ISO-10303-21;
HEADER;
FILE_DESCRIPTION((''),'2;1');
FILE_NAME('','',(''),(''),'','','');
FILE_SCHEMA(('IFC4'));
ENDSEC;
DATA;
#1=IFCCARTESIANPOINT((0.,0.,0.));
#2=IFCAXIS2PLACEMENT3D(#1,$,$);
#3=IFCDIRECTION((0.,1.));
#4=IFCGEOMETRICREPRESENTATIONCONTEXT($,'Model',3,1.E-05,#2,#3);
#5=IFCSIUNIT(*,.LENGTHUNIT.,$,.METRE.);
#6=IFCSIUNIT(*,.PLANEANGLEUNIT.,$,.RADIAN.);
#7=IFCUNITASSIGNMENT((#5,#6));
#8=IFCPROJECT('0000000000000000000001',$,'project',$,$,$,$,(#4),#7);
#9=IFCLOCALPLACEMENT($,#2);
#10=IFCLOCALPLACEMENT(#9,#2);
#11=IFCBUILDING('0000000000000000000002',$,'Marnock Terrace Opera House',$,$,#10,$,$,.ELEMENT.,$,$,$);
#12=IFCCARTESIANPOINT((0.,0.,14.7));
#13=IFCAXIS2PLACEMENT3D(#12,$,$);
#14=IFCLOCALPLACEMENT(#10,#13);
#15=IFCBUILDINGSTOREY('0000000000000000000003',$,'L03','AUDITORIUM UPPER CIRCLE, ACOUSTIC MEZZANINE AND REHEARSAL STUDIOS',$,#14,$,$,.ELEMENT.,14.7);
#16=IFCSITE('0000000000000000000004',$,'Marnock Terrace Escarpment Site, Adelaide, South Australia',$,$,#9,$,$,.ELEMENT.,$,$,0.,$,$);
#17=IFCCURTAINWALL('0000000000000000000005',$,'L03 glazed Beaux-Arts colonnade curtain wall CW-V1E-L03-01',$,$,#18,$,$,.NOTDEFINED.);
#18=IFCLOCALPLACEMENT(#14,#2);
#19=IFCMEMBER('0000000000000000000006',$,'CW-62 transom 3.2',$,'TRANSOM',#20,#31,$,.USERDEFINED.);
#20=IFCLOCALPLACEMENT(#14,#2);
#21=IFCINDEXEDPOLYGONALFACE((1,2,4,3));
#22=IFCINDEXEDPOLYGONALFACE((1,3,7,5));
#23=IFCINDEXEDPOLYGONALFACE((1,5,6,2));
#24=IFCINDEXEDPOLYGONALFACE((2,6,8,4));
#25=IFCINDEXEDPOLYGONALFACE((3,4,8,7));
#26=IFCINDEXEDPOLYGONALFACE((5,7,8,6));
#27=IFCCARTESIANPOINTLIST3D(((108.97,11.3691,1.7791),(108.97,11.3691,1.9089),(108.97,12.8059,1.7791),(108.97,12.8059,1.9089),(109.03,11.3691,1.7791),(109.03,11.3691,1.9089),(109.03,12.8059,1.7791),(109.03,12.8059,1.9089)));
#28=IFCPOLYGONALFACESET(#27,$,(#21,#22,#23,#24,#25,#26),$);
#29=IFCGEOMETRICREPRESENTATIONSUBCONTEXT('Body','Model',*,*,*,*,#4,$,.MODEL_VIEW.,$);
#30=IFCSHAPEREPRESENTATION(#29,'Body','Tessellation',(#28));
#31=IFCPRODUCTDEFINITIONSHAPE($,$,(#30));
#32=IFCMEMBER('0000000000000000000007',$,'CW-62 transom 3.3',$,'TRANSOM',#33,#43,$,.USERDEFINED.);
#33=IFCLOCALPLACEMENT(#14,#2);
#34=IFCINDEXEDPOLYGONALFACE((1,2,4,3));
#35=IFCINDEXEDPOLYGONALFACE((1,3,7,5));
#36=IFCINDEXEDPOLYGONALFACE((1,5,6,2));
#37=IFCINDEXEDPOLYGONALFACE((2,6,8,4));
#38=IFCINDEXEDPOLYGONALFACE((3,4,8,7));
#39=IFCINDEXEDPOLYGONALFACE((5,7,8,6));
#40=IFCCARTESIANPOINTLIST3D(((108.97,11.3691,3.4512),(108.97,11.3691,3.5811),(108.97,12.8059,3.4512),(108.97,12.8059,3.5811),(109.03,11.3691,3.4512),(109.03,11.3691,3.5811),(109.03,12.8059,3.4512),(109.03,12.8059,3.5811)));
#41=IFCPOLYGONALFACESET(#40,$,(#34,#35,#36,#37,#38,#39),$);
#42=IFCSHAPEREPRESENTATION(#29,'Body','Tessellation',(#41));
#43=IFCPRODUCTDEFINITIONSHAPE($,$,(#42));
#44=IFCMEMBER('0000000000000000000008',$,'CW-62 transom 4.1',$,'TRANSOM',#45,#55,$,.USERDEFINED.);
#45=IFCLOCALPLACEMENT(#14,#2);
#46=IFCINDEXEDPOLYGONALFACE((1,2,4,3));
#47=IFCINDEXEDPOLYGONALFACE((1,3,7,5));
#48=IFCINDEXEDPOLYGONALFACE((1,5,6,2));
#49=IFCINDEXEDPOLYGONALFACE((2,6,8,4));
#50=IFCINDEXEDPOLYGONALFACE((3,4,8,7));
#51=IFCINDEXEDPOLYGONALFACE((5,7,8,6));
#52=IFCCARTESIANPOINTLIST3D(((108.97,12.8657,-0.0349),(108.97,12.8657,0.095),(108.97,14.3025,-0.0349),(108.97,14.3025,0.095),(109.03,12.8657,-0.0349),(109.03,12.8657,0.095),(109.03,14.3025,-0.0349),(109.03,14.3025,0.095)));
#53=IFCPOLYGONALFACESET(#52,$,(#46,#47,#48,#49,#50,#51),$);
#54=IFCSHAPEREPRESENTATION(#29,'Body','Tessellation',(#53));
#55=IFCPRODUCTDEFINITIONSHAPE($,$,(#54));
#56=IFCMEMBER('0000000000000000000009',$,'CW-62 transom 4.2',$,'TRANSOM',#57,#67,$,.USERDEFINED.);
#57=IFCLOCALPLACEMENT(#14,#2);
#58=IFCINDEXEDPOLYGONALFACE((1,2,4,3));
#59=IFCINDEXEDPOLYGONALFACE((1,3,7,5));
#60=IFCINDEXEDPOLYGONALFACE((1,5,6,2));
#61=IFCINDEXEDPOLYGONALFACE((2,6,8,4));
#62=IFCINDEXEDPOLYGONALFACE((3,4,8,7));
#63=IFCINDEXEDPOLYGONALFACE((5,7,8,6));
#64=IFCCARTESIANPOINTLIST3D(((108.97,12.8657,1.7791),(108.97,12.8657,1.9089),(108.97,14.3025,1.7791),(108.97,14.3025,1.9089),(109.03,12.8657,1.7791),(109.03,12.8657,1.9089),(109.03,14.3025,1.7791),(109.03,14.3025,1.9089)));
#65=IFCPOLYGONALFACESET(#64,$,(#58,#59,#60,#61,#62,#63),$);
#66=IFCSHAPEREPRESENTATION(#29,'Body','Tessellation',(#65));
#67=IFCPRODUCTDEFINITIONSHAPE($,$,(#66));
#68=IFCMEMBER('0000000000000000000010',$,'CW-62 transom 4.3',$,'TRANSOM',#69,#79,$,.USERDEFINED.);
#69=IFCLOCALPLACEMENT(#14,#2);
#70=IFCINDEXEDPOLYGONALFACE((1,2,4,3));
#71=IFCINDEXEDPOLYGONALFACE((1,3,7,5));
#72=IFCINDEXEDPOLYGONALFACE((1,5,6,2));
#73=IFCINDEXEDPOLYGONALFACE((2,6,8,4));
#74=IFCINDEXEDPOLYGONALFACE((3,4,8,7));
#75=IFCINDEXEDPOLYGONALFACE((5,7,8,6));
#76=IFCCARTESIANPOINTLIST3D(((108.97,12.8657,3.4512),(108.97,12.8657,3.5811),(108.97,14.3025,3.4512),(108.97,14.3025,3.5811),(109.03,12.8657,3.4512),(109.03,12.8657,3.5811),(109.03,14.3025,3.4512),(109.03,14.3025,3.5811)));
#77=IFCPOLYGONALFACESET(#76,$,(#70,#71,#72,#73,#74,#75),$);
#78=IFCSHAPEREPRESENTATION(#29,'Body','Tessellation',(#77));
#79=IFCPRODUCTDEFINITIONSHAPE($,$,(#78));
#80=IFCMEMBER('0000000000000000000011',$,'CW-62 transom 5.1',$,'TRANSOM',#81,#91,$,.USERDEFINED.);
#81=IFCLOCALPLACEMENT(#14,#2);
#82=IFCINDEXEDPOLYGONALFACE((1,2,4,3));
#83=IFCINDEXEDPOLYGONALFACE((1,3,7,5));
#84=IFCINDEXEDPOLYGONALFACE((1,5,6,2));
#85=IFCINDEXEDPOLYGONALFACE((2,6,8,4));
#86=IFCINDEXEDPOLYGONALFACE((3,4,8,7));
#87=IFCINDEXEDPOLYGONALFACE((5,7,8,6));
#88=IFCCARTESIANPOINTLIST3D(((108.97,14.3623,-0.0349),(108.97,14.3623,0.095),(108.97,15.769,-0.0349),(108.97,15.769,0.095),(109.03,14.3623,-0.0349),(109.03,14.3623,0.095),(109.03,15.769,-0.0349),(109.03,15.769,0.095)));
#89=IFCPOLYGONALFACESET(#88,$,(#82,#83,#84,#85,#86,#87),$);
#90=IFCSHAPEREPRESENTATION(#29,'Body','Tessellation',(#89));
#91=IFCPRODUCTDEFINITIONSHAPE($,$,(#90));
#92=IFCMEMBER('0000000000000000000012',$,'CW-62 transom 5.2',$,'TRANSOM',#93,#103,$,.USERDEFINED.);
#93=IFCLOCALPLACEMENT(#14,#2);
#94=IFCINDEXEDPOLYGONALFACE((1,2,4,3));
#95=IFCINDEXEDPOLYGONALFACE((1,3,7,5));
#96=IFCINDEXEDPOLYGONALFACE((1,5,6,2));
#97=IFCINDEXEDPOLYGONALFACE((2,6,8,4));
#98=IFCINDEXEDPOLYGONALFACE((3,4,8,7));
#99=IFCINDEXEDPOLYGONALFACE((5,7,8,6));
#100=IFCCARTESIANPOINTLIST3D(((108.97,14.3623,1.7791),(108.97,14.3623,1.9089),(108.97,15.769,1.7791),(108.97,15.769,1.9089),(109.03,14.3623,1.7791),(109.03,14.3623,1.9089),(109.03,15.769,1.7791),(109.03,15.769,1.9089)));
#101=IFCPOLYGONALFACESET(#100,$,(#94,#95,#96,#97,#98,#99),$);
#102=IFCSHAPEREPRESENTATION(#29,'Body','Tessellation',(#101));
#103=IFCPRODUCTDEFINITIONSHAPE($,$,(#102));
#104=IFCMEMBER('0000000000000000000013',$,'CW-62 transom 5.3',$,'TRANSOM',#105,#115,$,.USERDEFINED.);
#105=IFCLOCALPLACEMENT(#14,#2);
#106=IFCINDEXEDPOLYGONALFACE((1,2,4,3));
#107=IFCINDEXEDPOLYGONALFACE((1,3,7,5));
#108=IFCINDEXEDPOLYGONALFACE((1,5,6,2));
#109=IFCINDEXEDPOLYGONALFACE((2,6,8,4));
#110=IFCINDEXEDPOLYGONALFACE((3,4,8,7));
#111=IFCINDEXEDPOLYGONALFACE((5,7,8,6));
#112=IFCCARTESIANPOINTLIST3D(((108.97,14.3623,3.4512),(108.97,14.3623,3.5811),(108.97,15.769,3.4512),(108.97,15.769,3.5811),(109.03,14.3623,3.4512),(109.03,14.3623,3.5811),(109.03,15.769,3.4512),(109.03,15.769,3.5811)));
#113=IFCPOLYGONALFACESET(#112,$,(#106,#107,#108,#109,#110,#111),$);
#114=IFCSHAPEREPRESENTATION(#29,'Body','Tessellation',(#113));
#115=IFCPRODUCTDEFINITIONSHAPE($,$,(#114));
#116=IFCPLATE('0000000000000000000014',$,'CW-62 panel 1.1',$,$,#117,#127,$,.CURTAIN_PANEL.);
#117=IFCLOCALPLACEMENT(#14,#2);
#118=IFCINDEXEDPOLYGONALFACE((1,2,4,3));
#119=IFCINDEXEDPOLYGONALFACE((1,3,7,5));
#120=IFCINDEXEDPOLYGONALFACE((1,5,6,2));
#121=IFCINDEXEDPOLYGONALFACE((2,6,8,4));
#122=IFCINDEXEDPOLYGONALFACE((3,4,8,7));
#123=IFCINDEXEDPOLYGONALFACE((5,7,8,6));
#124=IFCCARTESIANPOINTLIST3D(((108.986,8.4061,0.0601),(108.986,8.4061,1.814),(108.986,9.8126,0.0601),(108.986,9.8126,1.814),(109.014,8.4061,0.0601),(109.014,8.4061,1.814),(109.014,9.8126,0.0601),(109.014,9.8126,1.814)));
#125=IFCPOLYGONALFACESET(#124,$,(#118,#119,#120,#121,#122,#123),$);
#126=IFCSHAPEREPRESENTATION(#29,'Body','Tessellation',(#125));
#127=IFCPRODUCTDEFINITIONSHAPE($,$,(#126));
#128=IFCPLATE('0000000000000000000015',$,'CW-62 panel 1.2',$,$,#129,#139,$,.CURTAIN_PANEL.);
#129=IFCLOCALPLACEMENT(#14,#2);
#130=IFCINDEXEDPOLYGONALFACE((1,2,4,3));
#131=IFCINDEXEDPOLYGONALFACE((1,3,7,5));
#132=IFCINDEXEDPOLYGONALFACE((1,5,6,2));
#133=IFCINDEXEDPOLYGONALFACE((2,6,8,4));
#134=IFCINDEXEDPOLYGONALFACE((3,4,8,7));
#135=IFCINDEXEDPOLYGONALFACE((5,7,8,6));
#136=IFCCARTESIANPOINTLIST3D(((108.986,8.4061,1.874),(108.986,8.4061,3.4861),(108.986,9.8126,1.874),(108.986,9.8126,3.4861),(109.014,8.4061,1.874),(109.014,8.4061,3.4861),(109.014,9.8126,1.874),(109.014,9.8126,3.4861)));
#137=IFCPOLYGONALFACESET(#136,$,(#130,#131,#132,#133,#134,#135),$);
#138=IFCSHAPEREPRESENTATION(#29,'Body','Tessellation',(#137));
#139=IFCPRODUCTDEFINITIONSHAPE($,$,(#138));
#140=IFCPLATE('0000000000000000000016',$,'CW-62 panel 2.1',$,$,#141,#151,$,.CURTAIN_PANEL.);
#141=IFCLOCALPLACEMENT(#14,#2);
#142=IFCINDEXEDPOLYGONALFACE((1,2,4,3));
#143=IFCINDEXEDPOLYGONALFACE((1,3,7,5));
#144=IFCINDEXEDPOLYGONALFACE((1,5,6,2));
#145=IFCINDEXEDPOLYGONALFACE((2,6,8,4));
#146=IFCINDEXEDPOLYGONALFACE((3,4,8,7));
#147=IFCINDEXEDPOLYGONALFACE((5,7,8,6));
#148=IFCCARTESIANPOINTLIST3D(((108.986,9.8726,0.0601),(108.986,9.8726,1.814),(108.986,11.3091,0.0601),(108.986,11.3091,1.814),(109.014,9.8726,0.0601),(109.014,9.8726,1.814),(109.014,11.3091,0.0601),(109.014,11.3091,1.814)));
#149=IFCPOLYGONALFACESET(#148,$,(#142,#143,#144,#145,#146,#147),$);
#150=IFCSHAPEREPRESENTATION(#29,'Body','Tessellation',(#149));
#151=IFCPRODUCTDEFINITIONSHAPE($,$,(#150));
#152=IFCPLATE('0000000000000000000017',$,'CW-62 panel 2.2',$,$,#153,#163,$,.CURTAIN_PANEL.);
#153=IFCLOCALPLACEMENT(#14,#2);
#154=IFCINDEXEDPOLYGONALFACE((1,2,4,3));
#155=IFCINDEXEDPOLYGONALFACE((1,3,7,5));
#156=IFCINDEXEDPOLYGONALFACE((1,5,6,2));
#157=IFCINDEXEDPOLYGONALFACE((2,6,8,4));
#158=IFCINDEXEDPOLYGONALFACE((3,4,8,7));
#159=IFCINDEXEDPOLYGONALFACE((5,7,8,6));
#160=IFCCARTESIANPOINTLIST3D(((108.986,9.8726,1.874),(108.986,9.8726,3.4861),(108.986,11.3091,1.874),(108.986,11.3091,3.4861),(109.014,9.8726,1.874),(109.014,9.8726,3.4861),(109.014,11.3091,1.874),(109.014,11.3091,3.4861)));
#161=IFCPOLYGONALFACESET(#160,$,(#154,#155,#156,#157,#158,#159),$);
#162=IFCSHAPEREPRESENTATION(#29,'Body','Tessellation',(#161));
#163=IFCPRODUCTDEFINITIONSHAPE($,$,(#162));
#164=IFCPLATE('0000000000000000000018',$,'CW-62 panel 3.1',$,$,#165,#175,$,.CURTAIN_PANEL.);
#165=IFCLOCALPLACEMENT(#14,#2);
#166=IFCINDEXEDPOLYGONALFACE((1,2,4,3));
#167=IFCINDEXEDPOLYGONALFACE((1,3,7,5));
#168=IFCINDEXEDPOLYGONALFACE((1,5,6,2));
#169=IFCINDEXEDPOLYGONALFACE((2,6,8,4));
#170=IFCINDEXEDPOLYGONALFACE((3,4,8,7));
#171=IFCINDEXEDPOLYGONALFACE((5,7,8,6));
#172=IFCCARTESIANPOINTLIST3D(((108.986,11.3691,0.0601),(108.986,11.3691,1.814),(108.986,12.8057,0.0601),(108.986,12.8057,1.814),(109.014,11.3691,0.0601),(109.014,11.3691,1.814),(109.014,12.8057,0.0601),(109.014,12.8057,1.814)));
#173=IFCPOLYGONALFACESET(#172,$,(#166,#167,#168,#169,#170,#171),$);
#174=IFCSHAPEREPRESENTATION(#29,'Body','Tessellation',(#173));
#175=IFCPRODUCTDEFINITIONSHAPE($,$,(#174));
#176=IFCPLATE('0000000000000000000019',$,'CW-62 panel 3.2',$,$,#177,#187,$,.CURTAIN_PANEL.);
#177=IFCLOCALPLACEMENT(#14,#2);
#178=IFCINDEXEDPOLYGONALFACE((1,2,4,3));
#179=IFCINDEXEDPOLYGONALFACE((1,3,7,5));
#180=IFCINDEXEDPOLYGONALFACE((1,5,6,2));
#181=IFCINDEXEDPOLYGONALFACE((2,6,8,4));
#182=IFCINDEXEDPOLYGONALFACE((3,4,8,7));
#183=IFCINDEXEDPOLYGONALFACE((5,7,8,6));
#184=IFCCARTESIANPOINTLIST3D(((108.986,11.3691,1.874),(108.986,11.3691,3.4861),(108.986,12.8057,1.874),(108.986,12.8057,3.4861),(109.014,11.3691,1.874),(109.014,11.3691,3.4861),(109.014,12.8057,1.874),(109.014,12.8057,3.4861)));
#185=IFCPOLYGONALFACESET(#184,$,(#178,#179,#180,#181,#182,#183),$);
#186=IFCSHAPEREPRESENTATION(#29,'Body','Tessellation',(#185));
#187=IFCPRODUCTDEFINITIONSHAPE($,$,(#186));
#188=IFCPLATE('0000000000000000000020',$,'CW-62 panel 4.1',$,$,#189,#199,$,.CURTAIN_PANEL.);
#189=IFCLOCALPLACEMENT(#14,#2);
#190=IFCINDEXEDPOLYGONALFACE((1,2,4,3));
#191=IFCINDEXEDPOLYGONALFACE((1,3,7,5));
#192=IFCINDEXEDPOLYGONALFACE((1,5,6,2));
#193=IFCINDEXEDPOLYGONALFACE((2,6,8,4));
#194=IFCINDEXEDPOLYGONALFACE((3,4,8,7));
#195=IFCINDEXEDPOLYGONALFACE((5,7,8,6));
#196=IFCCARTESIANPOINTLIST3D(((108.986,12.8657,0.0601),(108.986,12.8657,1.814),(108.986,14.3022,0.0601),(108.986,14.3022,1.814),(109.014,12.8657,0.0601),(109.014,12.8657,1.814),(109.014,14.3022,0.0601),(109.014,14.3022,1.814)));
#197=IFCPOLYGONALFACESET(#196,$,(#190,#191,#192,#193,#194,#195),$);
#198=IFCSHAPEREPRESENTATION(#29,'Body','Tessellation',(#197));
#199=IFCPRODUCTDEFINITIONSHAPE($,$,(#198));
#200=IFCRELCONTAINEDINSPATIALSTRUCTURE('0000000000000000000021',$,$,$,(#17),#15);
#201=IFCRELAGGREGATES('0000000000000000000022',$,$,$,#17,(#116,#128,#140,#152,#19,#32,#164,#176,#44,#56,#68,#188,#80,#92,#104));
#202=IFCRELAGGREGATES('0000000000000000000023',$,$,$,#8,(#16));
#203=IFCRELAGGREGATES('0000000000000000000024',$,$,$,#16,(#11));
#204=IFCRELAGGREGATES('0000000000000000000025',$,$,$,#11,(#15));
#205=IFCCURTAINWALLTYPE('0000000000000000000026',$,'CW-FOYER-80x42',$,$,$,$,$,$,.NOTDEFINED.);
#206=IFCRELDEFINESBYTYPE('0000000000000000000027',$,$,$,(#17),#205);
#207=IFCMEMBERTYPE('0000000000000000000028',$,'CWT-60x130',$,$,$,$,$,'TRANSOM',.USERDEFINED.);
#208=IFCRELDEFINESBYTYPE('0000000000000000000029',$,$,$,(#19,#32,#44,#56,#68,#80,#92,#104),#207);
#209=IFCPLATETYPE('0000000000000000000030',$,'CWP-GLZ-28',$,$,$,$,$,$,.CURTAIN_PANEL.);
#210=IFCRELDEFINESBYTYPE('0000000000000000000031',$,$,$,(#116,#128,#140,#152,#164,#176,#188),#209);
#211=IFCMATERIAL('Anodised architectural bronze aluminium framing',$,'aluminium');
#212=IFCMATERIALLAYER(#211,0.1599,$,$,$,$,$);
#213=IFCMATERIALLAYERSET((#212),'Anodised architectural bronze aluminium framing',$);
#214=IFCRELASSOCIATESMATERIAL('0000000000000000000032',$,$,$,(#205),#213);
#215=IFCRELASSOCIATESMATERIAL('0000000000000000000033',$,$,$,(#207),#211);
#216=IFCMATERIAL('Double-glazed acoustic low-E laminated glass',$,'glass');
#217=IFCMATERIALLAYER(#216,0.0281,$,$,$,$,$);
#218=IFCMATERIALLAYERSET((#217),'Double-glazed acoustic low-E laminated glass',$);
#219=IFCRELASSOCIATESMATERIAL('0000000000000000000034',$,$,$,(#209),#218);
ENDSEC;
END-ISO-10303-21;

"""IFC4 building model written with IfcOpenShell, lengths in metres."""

from ifc_helpers import new_model, si_unit, direction, frame, origin, origin_2d, place, context, subcontext, project, spatial, rectangle, extrude, material, layer, layer_set, material_profile, profile_set, type_object, element, aggregate, save


model = new_model("IFC4")

# Units and contexts
model_context = context("Model", 3, precision=1e-05, world=origin(), true_north=direction((0.0, 1.0)))
body_context = subcontext(model_context, "Body", "Model", "MODEL_VIEW")
ifc_project = project(units=[si_unit("LENGTHUNIT", "METRE"), si_unit("PLANEANGLEUNIT", "RADIAN")], contexts=[model_context])

# Site, building, storey
site_placement = place(None, origin())
site = spatial("IfcSite", under=ifc_project, at=site_placement, Name="Marnock Terrace Escarpment Site, Adelaide, South Australia", CompositionType="ELEMENT", RefElevation=0.0)
building_placement = place(site_placement, origin())
building = spatial("IfcBuilding", under=site, at=building_placement, Name="Marnock Terrace Opera House", CompositionType="ELEMENT")
storey_placement = place(building_placement, frame((0.0, 0.0, 14.7)))
storey = spatial("IfcBuildingStorey", under=building, at=storey_placement, Name="L03", Description="AUDITORIUM UPPER CIRCLE, ACOUSTIC MEZZANINE AND REHEARSAL STUDIOS", CompositionType="ELEMENT", Elevation=14.7)

# Curtain wall, members, plates
ifc_material_1 = material(Name="Anodised architectural bronze aluminium framing", Category="aluminium")
ifc_layer_1 = layer(ifc_material_1, 0.1599)
ifc_layer_set_1 = layer_set([ifc_layer_1], Name="Anodised architectural bronze aluminium framing")
curtain_wall_type = type_object("IfcCurtainWallType", Name="CW-FOYER-80x42", PredefinedType="NOTDEFINED", material=ifc_layer_set_1)
curtain_wall_placement = place(storey_placement, origin())
curtain_wall = element("IfcCurtainWall", 1, at=curtain_wall_placement, inside=storey, type_object=curtain_wall_type, Name="L03 glazed Beaux-Arts colonnade curtain wall CW-V1E-L03-01", PredefinedType="NOTDEFINED")
ifc_material_profile_1 = material_profile(ifc_material_1, rectangle(XDim=0.0601, YDim=0.1299, at=origin_2d()))
ifc_profile_set_1 = profile_set([ifc_material_profile_1], Name="Anodised architectural bronze aluminium framing")
member_type_1 = type_object("IfcMemberType", Name="CWT-60x130", ElementType="TRANSOM", PredefinedType="USERDEFINED", material=ifc_profile_set_1)
member_1_placement = place(storey_placement, frame((109.0, 11.3691, 1.844), z_axis=(0.0, 1.0, 0.0), x_axis=(-1.0, 0.0, 0.0)))
member_1 = element("IfcMember", 2, at=member_1_placement, type_object=member_type_1, Name="CW-62 transom 3.2", ObjectType="TRANSOM", PredefinedType="USERDEFINED", context=body_context, shape_type="SweptSolid", body=[
    extrude(rectangle(XDim=0.0601, YDim=0.1299, at=origin_2d()), origin(), (0.0, 0.0, 1.0), 1.4368),
])
member_2_placement = place(storey_placement, frame((109.0, 11.3691, 3.5161), z_axis=(0.0, 1.0, 0.0), x_axis=(-1.0, 0.0, 0.0)))
member_2 = element("IfcMember", 3, at=member_2_placement, type_object=member_type_1, Name="CW-62 transom 3.3", ObjectType="TRANSOM", PredefinedType="USERDEFINED", context=body_context, shape_type="SweptSolid", body=[
    extrude(rectangle(XDim=0.0601, YDim=0.1299, at=origin_2d()), origin(), (0.0, 0.0, 1.0), 1.4368),
])
member_3_placement = place(storey_placement, frame((109.0, 12.8657, 0.03), z_axis=(0.0, 1.0, 0.0), x_axis=(-1.0, 0.0, 0.0)))
member_3 = element("IfcMember", 4, at=member_3_placement, type_object=member_type_1, Name="CW-62 transom 4.1", ObjectType="TRANSOM", PredefinedType="USERDEFINED", context=body_context, shape_type="SweptSolid", body=[
    extrude(rectangle(XDim=0.0601, YDim=0.1299, at=origin_2d()), origin(), (0.0, 0.0, 1.0), 1.4368),
])
member_4_placement = place(storey_placement, frame((109.0, 12.8657, 1.844), z_axis=(0.0, 1.0, 0.0), x_axis=(-1.0, 0.0, 0.0)))
member_4 = element("IfcMember", 5, at=member_4_placement, type_object=member_type_1, Name="CW-62 transom 4.2", ObjectType="TRANSOM", PredefinedType="USERDEFINED", context=body_context, shape_type="SweptSolid", body=[
    extrude(rectangle(XDim=0.0601, YDim=0.1299, at=origin_2d()), origin(), (0.0, 0.0, 1.0), 1.4368),
])
member_5_placement = place(storey_placement, frame((109.0, 12.8657, 3.5161), z_axis=(0.0, 1.0, 0.0), x_axis=(-1.0, 0.0, 0.0)))
member_5 = element("IfcMember", 6, at=member_5_placement, type_object=member_type_1, Name="CW-62 transom 4.3", ObjectType="TRANSOM", PredefinedType="USERDEFINED", context=body_context, shape_type="SweptSolid", body=[
    extrude(rectangle(XDim=0.0601, YDim=0.1299, at=origin_2d()), origin(), (0.0, 0.0, 1.0), 1.4368),
])
member_6_placement = place(storey_placement, frame((109.0, 14.3623, 0.03), z_axis=(0.0, 1.0, 0.0), x_axis=(-1.0, 0.0, 0.0)))
member_6 = element("IfcMember", 7, at=member_6_placement, type_object=member_type_1, Name="CW-62 transom 5.1", ObjectType="TRANSOM", PredefinedType="USERDEFINED", context=body_context, shape_type="SweptSolid", body=[
    extrude(rectangle(XDim=0.0601, YDim=0.1299, at=origin_2d()), origin(), (0.0, 0.0, 1.0), 1.4067),
])
member_7_placement = place(storey_placement, frame((109.0, 14.3623, 1.844), z_axis=(0.0, 1.0, 0.0), x_axis=(-1.0, 0.0, 0.0)))
member_7 = element("IfcMember", 8, at=member_7_placement, type_object=member_type_1, Name="CW-62 transom 5.2", ObjectType="TRANSOM", PredefinedType="USERDEFINED", context=body_context, shape_type="SweptSolid", body=[
    extrude(rectangle(XDim=0.0601, YDim=0.1299, at=origin_2d()), origin(), (0.0, 0.0, 1.0), 1.4067),
])
member_8_placement = place(storey_placement, frame((109.0, 14.3623, 3.5161), z_axis=(0.0, 1.0, 0.0), x_axis=(-1.0, 0.0, 0.0)))
member_8 = element("IfcMember", 9, at=member_8_placement, type_object=member_type_1, Name="CW-62 transom 5.3", ObjectType="TRANSOM", PredefinedType="USERDEFINED", context=body_context, shape_type="SweptSolid", body=[
    extrude(rectangle(XDim=0.0601, YDim=0.1299, at=origin_2d()), origin(), (0.0, 0.0, 1.0), 1.4067),
])
ifc_material_2 = material(Name="Double-glazed acoustic low-E laminated glass", Category="glass")
ifc_layer_2 = layer(ifc_material_2, 0.0281)
ifc_layer_set_2 = layer_set([ifc_layer_2], Name="Double-glazed acoustic low-E laminated glass")
plate_type = type_object("IfcPlateType", Name="CWP-GLZ-28", PredefinedType="CURTAIN_PANEL", material=ifc_layer_set_2)
plate_1_placement = place(storey_placement, frame((109.0, 9.1094, 0.0601), z_axis=(0.0, 0.0, 1.0), x_axis=(0.0, 1.0, 0.0)))
plate_1 = element("IfcPlate", 10, at=plate_1_placement, type_object=plate_type, Name="CW-62 panel 1.1", PredefinedType="CURTAIN_PANEL", context=body_context, shape_type="SweptSolid", body=[
    extrude(rectangle(XDim=1.4065, YDim=0.0281, at=origin_2d()), origin(), (0.0, 0.0, 1.0), 1.7539),
])
plate_2_placement = place(storey_placement, frame((109.0, 9.1094, 1.874), z_axis=(0.0, 0.0, 1.0), x_axis=(0.0, 1.0, 0.0)))
plate_2 = element("IfcPlate", 11, at=plate_2_placement, type_object=plate_type, Name="CW-62 panel 1.2", PredefinedType="CURTAIN_PANEL", context=body_context, shape_type="SweptSolid", body=[
    extrude(rectangle(XDim=1.4065, YDim=0.0281, at=origin_2d()), origin(), (0.0, 0.0, 1.0), 1.6121),
])
plate_3_placement = place(storey_placement, frame((109.0, 10.5908, 0.0601), z_axis=(0.0, 0.0, 1.0), x_axis=(0.0, 1.0, 0.0)))
plate_3 = element("IfcPlate", 12, at=plate_3_placement, type_object=plate_type, Name="CW-62 panel 2.1", PredefinedType="CURTAIN_PANEL", context=body_context, shape_type="SweptSolid", body=[
    extrude(rectangle(XDim=1.4365, YDim=0.0281, at=origin_2d()), origin(), (0.0, 0.0, 1.0), 1.7539),
])
plate_4_placement = place(storey_placement, frame((109.0, 10.5908, 1.874), z_axis=(0.0, 0.0, 1.0), x_axis=(0.0, 1.0, 0.0)))
plate_4 = element("IfcPlate", 13, at=plate_4_placement, type_object=plate_type, Name="CW-62 panel 2.2", PredefinedType="CURTAIN_PANEL", context=body_context, shape_type="SweptSolid", body=[
    extrude(rectangle(XDim=1.4365, YDim=0.0281, at=origin_2d()), origin(), (0.0, 0.0, 1.0), 1.6121),
])
plate_5_placement = place(storey_placement, frame((109.0, 12.0874, 0.0601), z_axis=(0.0, 0.0, 1.0), x_axis=(0.0, 1.0, 0.0)))
plate_5 = element("IfcPlate", 14, at=plate_5_placement, type_object=plate_type, Name="CW-62 panel 3.1", PredefinedType="CURTAIN_PANEL", context=body_context, shape_type="SweptSolid", body=[
    extrude(rectangle(XDim=1.4365, YDim=0.0281, at=origin_2d()), origin(), (0.0, 0.0, 1.0), 1.7539),
])
plate_6_placement = place(storey_placement, frame((109.0, 12.0874, 1.874), z_axis=(0.0, 0.0, 1.0), x_axis=(0.0, 1.0, 0.0)))
plate_6 = element("IfcPlate", 15, at=plate_6_placement, type_object=plate_type, Name="CW-62 panel 3.2", PredefinedType="CURTAIN_PANEL", context=body_context, shape_type="SweptSolid", body=[
    extrude(rectangle(XDim=1.4365, YDim=0.0281, at=origin_2d()), origin(), (0.0, 0.0, 1.0), 1.6121),
])
plate_7_placement = place(storey_placement, frame((109.0, 13.584, 0.0601), z_axis=(0.0, 0.0, 1.0), x_axis=(0.0, 1.0, 0.0)))
plate_7 = element("IfcPlate", 16, at=plate_7_placement, type_object=plate_type, Name="CW-62 panel 4.1", PredefinedType="CURTAIN_PANEL", context=body_context, shape_type="SweptSolid", body=[
    extrude(rectangle(XDim=1.4365, YDim=0.0281, at=origin_2d()), origin(), (0.0, 0.0, 1.0), 1.7539),
])
aggregate(curtain_wall, [plate_1, plate_2, plate_3, plate_4, member_1, member_2, plate_5, plate_6, member_3, member_4, member_5, plate_7, member_6, member_7, member_8])

save(model, "model.ifc")
